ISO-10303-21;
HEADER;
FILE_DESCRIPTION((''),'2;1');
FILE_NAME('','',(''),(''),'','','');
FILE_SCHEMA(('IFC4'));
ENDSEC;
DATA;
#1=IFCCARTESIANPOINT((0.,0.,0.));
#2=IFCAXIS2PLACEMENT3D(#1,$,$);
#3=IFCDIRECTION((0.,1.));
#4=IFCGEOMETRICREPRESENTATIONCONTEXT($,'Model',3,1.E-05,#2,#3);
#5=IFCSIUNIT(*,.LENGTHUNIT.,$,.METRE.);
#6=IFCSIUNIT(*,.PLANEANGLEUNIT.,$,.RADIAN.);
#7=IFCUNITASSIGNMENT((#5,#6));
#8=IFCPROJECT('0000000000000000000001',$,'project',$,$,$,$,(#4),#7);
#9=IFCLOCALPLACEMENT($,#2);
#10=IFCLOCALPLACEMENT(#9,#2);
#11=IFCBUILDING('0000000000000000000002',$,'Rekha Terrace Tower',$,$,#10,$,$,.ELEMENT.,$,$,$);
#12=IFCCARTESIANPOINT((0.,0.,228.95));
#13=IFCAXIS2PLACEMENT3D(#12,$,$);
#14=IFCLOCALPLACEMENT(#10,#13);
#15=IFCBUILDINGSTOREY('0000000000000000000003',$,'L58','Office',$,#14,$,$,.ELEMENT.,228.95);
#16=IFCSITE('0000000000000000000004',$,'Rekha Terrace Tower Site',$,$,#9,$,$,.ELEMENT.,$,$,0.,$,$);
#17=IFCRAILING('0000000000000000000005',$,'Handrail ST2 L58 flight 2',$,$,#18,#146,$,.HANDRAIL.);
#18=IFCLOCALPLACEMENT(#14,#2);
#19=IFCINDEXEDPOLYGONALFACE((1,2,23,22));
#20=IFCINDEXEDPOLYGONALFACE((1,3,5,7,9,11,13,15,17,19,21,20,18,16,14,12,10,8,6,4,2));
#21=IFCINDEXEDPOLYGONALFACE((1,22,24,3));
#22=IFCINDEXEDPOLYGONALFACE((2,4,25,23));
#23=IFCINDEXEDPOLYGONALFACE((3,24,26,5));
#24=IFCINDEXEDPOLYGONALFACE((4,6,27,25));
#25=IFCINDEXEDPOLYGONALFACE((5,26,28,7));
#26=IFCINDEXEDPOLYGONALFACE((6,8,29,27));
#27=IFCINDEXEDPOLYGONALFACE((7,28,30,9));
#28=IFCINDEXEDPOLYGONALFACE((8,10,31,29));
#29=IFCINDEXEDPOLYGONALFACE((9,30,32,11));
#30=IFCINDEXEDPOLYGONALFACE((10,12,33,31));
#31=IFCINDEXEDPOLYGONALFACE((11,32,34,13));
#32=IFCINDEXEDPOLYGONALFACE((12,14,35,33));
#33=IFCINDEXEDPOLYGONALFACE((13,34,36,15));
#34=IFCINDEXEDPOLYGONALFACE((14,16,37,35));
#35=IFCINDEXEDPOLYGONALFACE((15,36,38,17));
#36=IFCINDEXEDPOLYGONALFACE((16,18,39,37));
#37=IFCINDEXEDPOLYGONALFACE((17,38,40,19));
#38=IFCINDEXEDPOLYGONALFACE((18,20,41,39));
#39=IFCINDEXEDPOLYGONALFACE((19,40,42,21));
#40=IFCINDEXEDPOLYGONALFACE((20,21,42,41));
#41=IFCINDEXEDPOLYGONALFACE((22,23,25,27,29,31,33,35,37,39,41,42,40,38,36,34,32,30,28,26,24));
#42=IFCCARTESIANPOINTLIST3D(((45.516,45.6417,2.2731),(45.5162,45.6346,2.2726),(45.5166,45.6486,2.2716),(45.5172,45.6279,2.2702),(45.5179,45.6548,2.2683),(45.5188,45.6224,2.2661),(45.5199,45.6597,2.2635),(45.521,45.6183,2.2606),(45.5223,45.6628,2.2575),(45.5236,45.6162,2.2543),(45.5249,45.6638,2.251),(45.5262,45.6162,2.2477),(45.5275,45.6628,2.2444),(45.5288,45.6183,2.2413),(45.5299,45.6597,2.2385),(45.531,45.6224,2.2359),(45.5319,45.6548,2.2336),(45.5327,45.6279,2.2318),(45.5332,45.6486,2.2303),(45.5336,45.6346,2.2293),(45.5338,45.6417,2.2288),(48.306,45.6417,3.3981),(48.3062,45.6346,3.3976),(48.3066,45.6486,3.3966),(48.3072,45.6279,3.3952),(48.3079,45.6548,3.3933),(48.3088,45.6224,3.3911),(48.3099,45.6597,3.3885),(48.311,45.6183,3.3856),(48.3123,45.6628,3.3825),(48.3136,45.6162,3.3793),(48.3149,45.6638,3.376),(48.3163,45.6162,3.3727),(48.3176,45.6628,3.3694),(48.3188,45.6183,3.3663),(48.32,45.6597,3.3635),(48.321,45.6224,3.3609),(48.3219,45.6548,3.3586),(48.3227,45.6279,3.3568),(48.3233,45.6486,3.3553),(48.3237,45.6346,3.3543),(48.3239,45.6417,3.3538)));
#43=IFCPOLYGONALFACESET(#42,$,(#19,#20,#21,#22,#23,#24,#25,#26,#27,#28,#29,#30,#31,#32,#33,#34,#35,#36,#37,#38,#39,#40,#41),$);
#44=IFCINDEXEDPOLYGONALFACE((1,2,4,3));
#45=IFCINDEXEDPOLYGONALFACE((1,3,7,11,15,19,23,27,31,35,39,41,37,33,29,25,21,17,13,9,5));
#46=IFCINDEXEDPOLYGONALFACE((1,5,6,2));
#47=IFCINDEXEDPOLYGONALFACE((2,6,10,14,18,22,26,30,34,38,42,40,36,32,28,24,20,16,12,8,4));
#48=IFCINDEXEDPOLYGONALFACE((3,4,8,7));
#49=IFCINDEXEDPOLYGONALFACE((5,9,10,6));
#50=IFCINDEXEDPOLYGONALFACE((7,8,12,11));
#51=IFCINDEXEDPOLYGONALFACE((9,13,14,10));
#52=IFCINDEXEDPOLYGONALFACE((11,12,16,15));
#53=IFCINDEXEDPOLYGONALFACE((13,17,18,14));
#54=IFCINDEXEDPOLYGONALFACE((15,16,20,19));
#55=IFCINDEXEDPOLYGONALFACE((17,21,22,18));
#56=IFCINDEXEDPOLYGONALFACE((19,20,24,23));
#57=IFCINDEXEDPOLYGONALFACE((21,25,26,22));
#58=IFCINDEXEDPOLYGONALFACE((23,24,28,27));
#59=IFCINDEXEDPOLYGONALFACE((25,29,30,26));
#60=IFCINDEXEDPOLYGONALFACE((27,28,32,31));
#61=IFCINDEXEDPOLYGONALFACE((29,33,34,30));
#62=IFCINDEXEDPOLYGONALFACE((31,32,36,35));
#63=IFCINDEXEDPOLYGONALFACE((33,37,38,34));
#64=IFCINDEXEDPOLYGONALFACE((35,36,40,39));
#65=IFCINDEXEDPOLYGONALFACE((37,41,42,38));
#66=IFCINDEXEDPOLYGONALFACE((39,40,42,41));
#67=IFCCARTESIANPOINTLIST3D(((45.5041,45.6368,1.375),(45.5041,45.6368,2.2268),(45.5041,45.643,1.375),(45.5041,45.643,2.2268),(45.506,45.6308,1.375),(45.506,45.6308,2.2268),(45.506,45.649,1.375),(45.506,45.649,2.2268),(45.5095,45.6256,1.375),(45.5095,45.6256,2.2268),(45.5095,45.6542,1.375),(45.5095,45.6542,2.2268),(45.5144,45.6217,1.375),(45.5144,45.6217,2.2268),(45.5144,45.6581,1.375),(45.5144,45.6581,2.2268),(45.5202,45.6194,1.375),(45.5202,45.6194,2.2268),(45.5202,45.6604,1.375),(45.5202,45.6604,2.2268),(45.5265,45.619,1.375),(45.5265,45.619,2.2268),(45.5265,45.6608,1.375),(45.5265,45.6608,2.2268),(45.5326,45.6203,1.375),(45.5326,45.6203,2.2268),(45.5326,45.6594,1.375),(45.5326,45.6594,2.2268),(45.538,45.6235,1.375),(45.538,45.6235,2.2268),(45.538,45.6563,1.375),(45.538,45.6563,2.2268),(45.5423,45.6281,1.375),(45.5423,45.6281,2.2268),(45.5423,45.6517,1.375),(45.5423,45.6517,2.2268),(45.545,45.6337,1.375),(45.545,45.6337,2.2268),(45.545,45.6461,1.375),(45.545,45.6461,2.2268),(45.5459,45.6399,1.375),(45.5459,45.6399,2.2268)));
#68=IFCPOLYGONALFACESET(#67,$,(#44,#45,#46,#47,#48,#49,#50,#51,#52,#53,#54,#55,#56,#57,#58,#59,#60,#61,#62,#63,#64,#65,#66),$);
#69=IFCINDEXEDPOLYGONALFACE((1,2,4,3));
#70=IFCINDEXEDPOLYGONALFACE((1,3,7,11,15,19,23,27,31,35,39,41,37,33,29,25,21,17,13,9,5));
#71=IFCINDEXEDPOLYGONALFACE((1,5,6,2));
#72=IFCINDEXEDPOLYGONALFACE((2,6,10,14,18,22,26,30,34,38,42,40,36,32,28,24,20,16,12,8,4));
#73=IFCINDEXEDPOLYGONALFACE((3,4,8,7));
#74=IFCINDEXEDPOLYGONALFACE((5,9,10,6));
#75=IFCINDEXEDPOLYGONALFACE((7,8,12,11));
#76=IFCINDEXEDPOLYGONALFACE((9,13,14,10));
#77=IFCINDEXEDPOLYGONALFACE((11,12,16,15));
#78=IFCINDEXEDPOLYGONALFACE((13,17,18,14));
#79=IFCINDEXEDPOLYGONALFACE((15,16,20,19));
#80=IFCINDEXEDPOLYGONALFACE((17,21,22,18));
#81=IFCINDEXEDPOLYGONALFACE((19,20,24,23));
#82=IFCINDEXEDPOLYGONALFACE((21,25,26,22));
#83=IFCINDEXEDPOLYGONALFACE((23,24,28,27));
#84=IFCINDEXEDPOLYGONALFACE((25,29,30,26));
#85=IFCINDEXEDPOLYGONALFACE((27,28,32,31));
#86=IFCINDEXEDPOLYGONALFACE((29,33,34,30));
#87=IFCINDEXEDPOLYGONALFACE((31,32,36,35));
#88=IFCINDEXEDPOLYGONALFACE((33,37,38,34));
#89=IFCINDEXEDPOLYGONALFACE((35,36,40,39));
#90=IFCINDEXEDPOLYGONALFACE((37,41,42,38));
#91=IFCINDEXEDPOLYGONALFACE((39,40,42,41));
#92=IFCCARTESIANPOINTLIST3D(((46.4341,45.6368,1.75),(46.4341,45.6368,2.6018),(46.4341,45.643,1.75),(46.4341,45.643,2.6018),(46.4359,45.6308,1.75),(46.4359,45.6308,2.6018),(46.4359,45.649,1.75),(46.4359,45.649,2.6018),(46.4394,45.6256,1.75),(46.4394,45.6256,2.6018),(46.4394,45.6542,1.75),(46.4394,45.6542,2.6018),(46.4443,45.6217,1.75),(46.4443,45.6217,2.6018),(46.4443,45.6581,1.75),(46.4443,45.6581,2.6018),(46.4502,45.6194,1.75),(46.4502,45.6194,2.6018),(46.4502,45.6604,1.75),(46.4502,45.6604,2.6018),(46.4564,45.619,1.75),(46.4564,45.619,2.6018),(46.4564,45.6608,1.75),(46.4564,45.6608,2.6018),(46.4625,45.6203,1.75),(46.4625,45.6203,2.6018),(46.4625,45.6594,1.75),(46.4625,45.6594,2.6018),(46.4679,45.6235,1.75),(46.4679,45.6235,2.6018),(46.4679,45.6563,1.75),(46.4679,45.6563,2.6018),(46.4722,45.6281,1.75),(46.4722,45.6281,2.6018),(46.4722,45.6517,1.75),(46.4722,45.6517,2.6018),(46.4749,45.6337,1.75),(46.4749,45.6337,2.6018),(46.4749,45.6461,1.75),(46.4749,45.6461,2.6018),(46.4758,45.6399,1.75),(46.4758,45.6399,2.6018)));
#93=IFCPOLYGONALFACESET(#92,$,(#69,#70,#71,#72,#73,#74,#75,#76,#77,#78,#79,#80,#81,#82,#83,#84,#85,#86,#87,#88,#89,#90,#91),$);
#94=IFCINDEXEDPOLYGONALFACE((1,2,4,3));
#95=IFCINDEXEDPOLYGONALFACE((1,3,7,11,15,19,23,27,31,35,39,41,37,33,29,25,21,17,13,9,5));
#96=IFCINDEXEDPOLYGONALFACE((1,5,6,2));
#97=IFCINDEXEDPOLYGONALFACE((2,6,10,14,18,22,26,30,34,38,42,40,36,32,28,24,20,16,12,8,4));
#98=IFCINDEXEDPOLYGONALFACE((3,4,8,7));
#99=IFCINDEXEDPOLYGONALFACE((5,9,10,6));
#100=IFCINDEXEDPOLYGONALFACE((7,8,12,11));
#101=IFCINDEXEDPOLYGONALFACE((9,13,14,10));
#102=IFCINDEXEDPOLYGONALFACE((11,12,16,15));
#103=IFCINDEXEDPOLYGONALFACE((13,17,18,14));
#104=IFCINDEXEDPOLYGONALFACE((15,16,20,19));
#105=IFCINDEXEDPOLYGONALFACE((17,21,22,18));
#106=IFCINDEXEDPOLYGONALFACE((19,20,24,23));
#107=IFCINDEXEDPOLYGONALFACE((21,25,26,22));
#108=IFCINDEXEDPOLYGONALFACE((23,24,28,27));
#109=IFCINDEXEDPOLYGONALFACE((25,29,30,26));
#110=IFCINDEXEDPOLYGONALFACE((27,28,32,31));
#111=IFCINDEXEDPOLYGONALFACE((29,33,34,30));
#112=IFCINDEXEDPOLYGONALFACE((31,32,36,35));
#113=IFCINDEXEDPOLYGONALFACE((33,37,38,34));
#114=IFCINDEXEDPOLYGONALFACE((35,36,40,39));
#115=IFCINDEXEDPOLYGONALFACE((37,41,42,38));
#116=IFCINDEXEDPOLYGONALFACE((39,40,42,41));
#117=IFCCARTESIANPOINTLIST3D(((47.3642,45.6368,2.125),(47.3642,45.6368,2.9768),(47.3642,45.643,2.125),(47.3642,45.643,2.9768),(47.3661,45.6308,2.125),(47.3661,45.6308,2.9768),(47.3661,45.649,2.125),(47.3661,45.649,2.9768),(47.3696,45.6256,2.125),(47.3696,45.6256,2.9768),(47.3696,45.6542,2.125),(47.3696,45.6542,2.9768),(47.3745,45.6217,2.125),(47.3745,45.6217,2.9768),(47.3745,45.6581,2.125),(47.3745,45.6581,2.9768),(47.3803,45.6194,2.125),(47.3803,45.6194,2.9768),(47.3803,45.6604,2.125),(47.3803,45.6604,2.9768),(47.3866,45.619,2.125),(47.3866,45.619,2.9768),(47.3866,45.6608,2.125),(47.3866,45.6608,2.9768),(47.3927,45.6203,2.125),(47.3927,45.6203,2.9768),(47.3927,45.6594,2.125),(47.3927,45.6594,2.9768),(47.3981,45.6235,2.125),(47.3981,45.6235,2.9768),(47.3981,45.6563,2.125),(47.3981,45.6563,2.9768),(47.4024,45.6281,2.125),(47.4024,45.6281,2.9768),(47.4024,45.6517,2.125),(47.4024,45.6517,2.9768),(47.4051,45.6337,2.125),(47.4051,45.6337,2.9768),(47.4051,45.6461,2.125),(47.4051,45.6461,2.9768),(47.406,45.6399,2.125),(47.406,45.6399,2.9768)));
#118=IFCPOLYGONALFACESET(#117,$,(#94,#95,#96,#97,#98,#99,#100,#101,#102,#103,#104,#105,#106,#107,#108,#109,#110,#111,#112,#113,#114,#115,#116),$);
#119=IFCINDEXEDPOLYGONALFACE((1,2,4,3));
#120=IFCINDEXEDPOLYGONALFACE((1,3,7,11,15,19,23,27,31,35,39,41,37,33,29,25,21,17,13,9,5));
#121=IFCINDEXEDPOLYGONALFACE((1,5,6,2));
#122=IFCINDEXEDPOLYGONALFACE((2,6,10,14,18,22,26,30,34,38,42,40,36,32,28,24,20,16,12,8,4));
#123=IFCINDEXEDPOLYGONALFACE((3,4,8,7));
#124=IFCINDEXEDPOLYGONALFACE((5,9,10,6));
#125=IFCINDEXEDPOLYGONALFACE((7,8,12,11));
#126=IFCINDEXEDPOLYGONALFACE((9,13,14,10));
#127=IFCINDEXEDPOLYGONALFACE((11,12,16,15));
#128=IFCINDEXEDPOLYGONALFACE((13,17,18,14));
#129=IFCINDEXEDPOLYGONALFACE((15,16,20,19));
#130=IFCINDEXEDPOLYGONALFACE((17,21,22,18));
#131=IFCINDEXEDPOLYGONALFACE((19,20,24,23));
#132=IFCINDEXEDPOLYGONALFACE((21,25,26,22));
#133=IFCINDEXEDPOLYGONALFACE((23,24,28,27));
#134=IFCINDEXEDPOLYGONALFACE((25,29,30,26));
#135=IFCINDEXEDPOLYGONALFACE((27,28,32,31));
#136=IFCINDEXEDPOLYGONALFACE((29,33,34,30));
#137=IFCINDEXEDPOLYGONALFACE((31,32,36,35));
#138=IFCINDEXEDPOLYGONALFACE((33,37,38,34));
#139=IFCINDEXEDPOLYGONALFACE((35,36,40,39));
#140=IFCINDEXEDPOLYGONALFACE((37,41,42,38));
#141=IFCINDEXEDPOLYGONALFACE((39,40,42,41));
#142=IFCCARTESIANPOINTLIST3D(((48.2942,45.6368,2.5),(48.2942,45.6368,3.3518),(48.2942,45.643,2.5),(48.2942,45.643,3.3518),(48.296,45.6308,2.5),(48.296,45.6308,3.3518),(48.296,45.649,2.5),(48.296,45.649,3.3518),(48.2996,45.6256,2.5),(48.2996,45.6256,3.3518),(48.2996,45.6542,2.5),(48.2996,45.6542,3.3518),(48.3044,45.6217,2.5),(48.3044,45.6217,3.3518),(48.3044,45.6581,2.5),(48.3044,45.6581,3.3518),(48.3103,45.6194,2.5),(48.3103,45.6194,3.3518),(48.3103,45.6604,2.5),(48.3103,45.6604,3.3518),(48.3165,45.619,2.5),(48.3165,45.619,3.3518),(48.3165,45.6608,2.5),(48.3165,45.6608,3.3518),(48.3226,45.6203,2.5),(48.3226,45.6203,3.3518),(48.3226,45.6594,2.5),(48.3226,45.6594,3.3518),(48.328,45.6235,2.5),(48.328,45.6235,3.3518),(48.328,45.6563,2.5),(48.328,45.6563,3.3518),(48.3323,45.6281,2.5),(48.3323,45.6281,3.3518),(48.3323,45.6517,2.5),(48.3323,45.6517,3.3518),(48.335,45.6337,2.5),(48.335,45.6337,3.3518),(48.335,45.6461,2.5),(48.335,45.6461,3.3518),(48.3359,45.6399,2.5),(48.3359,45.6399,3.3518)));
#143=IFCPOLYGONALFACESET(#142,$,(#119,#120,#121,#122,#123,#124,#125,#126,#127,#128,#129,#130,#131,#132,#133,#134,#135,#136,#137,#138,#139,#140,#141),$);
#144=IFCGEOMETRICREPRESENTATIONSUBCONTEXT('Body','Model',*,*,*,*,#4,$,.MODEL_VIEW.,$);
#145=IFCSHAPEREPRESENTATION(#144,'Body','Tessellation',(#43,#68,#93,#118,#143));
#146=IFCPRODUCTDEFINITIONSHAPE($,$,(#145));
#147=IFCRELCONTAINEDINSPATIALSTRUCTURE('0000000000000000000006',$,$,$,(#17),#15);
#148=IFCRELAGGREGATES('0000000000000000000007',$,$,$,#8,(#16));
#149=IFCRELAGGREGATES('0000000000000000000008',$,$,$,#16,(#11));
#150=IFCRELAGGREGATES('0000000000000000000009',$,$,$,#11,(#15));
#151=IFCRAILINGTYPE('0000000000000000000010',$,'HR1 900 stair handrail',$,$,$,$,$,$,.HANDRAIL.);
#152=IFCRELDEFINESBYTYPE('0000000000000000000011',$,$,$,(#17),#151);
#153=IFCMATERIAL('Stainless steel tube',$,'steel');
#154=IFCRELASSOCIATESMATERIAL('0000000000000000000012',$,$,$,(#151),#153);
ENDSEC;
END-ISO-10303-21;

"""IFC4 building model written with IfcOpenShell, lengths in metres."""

from ifc_helpers import new_model, si_unit, direction, frame, origin, origin_2d, place, context, subcontext, project, spatial, circle, extrude, material, type_object, element, save


model = new_model("IFC4")

# Units and contexts
model_context = context("Model", 3, precision=1e-05, world=origin(), true_north=direction((0.0, 1.0)))
body_context = subcontext(model_context, "Body", "Model", "MODEL_VIEW")
ifc_project = project(units=[si_unit("LENGTHUNIT", "METRE"), si_unit("PLANEANGLEUNIT", "RADIAN")], contexts=[model_context])

# Site, building, storey
site_placement = place(None, origin())
site = spatial("IfcSite", under=ifc_project, at=site_placement, Name="Rekha Terrace Tower Site", CompositionType="ELEMENT", RefElevation=0.0)
building_placement = place(site_placement, origin())
building = spatial("IfcBuilding", under=site, at=building_placement, Name="Rekha Terrace Tower", CompositionType="ELEMENT")
storey_placement = place(building_placement, frame((0.0, 0.0, 228.95)))
storey = spatial("IfcBuildingStorey", under=building, at=storey_placement, Name="L58", Description="Office", CompositionType="ELEMENT", Elevation=228.95)

# Railing
ifc_material_1 = material(Name="Stainless steel tube", Category="steel")
railing_type = type_object("IfcRailingType", Name="HR1 900 stair handrail", PredefinedType="HANDRAIL", material=ifc_material_1)
railing_placement = place(storey_placement, frame((45.5249, 45.6399, 1.375)))
element("IfcRailing", 1, at=railing_placement, inside=storey, type_object=railing_type, Name="Handrail ST2 L58 flight 2", PredefinedType="HANDRAIL", context=body_context, shape_type="SweptSolid", body=[
    extrude(circle(Radius=0.0239, at=origin_2d()), frame((0.0, 0.0, 0.876), z_axis=(0.927443, 0.0, 0.373964), x_axis=(0.0, 1.0, 0.0)), (0.0, 0.0, 1.0), 3.0083),
    extrude(circle(Radius=0.021, at=origin_2d()), origin(), (0.0, 0.0, 1.0), 0.8518),
    extrude(circle(Radius=0.021, at=origin_2d()), frame((0.9299, 0.0, 0.375)), (0.0, 0.0, 1.0), 0.8518),
    extrude(circle(Radius=0.021, at=origin_2d()), frame((1.8601, 0.0, 0.75)), (0.0, 0.0, 1.0), 0.8518),
    extrude(circle(Radius=0.021, at=origin_2d()), frame((2.79, 0.0, 1.125)), (0.0, 0.0, 1.0), 0.8518),
])

save(model, "model.ifc")
